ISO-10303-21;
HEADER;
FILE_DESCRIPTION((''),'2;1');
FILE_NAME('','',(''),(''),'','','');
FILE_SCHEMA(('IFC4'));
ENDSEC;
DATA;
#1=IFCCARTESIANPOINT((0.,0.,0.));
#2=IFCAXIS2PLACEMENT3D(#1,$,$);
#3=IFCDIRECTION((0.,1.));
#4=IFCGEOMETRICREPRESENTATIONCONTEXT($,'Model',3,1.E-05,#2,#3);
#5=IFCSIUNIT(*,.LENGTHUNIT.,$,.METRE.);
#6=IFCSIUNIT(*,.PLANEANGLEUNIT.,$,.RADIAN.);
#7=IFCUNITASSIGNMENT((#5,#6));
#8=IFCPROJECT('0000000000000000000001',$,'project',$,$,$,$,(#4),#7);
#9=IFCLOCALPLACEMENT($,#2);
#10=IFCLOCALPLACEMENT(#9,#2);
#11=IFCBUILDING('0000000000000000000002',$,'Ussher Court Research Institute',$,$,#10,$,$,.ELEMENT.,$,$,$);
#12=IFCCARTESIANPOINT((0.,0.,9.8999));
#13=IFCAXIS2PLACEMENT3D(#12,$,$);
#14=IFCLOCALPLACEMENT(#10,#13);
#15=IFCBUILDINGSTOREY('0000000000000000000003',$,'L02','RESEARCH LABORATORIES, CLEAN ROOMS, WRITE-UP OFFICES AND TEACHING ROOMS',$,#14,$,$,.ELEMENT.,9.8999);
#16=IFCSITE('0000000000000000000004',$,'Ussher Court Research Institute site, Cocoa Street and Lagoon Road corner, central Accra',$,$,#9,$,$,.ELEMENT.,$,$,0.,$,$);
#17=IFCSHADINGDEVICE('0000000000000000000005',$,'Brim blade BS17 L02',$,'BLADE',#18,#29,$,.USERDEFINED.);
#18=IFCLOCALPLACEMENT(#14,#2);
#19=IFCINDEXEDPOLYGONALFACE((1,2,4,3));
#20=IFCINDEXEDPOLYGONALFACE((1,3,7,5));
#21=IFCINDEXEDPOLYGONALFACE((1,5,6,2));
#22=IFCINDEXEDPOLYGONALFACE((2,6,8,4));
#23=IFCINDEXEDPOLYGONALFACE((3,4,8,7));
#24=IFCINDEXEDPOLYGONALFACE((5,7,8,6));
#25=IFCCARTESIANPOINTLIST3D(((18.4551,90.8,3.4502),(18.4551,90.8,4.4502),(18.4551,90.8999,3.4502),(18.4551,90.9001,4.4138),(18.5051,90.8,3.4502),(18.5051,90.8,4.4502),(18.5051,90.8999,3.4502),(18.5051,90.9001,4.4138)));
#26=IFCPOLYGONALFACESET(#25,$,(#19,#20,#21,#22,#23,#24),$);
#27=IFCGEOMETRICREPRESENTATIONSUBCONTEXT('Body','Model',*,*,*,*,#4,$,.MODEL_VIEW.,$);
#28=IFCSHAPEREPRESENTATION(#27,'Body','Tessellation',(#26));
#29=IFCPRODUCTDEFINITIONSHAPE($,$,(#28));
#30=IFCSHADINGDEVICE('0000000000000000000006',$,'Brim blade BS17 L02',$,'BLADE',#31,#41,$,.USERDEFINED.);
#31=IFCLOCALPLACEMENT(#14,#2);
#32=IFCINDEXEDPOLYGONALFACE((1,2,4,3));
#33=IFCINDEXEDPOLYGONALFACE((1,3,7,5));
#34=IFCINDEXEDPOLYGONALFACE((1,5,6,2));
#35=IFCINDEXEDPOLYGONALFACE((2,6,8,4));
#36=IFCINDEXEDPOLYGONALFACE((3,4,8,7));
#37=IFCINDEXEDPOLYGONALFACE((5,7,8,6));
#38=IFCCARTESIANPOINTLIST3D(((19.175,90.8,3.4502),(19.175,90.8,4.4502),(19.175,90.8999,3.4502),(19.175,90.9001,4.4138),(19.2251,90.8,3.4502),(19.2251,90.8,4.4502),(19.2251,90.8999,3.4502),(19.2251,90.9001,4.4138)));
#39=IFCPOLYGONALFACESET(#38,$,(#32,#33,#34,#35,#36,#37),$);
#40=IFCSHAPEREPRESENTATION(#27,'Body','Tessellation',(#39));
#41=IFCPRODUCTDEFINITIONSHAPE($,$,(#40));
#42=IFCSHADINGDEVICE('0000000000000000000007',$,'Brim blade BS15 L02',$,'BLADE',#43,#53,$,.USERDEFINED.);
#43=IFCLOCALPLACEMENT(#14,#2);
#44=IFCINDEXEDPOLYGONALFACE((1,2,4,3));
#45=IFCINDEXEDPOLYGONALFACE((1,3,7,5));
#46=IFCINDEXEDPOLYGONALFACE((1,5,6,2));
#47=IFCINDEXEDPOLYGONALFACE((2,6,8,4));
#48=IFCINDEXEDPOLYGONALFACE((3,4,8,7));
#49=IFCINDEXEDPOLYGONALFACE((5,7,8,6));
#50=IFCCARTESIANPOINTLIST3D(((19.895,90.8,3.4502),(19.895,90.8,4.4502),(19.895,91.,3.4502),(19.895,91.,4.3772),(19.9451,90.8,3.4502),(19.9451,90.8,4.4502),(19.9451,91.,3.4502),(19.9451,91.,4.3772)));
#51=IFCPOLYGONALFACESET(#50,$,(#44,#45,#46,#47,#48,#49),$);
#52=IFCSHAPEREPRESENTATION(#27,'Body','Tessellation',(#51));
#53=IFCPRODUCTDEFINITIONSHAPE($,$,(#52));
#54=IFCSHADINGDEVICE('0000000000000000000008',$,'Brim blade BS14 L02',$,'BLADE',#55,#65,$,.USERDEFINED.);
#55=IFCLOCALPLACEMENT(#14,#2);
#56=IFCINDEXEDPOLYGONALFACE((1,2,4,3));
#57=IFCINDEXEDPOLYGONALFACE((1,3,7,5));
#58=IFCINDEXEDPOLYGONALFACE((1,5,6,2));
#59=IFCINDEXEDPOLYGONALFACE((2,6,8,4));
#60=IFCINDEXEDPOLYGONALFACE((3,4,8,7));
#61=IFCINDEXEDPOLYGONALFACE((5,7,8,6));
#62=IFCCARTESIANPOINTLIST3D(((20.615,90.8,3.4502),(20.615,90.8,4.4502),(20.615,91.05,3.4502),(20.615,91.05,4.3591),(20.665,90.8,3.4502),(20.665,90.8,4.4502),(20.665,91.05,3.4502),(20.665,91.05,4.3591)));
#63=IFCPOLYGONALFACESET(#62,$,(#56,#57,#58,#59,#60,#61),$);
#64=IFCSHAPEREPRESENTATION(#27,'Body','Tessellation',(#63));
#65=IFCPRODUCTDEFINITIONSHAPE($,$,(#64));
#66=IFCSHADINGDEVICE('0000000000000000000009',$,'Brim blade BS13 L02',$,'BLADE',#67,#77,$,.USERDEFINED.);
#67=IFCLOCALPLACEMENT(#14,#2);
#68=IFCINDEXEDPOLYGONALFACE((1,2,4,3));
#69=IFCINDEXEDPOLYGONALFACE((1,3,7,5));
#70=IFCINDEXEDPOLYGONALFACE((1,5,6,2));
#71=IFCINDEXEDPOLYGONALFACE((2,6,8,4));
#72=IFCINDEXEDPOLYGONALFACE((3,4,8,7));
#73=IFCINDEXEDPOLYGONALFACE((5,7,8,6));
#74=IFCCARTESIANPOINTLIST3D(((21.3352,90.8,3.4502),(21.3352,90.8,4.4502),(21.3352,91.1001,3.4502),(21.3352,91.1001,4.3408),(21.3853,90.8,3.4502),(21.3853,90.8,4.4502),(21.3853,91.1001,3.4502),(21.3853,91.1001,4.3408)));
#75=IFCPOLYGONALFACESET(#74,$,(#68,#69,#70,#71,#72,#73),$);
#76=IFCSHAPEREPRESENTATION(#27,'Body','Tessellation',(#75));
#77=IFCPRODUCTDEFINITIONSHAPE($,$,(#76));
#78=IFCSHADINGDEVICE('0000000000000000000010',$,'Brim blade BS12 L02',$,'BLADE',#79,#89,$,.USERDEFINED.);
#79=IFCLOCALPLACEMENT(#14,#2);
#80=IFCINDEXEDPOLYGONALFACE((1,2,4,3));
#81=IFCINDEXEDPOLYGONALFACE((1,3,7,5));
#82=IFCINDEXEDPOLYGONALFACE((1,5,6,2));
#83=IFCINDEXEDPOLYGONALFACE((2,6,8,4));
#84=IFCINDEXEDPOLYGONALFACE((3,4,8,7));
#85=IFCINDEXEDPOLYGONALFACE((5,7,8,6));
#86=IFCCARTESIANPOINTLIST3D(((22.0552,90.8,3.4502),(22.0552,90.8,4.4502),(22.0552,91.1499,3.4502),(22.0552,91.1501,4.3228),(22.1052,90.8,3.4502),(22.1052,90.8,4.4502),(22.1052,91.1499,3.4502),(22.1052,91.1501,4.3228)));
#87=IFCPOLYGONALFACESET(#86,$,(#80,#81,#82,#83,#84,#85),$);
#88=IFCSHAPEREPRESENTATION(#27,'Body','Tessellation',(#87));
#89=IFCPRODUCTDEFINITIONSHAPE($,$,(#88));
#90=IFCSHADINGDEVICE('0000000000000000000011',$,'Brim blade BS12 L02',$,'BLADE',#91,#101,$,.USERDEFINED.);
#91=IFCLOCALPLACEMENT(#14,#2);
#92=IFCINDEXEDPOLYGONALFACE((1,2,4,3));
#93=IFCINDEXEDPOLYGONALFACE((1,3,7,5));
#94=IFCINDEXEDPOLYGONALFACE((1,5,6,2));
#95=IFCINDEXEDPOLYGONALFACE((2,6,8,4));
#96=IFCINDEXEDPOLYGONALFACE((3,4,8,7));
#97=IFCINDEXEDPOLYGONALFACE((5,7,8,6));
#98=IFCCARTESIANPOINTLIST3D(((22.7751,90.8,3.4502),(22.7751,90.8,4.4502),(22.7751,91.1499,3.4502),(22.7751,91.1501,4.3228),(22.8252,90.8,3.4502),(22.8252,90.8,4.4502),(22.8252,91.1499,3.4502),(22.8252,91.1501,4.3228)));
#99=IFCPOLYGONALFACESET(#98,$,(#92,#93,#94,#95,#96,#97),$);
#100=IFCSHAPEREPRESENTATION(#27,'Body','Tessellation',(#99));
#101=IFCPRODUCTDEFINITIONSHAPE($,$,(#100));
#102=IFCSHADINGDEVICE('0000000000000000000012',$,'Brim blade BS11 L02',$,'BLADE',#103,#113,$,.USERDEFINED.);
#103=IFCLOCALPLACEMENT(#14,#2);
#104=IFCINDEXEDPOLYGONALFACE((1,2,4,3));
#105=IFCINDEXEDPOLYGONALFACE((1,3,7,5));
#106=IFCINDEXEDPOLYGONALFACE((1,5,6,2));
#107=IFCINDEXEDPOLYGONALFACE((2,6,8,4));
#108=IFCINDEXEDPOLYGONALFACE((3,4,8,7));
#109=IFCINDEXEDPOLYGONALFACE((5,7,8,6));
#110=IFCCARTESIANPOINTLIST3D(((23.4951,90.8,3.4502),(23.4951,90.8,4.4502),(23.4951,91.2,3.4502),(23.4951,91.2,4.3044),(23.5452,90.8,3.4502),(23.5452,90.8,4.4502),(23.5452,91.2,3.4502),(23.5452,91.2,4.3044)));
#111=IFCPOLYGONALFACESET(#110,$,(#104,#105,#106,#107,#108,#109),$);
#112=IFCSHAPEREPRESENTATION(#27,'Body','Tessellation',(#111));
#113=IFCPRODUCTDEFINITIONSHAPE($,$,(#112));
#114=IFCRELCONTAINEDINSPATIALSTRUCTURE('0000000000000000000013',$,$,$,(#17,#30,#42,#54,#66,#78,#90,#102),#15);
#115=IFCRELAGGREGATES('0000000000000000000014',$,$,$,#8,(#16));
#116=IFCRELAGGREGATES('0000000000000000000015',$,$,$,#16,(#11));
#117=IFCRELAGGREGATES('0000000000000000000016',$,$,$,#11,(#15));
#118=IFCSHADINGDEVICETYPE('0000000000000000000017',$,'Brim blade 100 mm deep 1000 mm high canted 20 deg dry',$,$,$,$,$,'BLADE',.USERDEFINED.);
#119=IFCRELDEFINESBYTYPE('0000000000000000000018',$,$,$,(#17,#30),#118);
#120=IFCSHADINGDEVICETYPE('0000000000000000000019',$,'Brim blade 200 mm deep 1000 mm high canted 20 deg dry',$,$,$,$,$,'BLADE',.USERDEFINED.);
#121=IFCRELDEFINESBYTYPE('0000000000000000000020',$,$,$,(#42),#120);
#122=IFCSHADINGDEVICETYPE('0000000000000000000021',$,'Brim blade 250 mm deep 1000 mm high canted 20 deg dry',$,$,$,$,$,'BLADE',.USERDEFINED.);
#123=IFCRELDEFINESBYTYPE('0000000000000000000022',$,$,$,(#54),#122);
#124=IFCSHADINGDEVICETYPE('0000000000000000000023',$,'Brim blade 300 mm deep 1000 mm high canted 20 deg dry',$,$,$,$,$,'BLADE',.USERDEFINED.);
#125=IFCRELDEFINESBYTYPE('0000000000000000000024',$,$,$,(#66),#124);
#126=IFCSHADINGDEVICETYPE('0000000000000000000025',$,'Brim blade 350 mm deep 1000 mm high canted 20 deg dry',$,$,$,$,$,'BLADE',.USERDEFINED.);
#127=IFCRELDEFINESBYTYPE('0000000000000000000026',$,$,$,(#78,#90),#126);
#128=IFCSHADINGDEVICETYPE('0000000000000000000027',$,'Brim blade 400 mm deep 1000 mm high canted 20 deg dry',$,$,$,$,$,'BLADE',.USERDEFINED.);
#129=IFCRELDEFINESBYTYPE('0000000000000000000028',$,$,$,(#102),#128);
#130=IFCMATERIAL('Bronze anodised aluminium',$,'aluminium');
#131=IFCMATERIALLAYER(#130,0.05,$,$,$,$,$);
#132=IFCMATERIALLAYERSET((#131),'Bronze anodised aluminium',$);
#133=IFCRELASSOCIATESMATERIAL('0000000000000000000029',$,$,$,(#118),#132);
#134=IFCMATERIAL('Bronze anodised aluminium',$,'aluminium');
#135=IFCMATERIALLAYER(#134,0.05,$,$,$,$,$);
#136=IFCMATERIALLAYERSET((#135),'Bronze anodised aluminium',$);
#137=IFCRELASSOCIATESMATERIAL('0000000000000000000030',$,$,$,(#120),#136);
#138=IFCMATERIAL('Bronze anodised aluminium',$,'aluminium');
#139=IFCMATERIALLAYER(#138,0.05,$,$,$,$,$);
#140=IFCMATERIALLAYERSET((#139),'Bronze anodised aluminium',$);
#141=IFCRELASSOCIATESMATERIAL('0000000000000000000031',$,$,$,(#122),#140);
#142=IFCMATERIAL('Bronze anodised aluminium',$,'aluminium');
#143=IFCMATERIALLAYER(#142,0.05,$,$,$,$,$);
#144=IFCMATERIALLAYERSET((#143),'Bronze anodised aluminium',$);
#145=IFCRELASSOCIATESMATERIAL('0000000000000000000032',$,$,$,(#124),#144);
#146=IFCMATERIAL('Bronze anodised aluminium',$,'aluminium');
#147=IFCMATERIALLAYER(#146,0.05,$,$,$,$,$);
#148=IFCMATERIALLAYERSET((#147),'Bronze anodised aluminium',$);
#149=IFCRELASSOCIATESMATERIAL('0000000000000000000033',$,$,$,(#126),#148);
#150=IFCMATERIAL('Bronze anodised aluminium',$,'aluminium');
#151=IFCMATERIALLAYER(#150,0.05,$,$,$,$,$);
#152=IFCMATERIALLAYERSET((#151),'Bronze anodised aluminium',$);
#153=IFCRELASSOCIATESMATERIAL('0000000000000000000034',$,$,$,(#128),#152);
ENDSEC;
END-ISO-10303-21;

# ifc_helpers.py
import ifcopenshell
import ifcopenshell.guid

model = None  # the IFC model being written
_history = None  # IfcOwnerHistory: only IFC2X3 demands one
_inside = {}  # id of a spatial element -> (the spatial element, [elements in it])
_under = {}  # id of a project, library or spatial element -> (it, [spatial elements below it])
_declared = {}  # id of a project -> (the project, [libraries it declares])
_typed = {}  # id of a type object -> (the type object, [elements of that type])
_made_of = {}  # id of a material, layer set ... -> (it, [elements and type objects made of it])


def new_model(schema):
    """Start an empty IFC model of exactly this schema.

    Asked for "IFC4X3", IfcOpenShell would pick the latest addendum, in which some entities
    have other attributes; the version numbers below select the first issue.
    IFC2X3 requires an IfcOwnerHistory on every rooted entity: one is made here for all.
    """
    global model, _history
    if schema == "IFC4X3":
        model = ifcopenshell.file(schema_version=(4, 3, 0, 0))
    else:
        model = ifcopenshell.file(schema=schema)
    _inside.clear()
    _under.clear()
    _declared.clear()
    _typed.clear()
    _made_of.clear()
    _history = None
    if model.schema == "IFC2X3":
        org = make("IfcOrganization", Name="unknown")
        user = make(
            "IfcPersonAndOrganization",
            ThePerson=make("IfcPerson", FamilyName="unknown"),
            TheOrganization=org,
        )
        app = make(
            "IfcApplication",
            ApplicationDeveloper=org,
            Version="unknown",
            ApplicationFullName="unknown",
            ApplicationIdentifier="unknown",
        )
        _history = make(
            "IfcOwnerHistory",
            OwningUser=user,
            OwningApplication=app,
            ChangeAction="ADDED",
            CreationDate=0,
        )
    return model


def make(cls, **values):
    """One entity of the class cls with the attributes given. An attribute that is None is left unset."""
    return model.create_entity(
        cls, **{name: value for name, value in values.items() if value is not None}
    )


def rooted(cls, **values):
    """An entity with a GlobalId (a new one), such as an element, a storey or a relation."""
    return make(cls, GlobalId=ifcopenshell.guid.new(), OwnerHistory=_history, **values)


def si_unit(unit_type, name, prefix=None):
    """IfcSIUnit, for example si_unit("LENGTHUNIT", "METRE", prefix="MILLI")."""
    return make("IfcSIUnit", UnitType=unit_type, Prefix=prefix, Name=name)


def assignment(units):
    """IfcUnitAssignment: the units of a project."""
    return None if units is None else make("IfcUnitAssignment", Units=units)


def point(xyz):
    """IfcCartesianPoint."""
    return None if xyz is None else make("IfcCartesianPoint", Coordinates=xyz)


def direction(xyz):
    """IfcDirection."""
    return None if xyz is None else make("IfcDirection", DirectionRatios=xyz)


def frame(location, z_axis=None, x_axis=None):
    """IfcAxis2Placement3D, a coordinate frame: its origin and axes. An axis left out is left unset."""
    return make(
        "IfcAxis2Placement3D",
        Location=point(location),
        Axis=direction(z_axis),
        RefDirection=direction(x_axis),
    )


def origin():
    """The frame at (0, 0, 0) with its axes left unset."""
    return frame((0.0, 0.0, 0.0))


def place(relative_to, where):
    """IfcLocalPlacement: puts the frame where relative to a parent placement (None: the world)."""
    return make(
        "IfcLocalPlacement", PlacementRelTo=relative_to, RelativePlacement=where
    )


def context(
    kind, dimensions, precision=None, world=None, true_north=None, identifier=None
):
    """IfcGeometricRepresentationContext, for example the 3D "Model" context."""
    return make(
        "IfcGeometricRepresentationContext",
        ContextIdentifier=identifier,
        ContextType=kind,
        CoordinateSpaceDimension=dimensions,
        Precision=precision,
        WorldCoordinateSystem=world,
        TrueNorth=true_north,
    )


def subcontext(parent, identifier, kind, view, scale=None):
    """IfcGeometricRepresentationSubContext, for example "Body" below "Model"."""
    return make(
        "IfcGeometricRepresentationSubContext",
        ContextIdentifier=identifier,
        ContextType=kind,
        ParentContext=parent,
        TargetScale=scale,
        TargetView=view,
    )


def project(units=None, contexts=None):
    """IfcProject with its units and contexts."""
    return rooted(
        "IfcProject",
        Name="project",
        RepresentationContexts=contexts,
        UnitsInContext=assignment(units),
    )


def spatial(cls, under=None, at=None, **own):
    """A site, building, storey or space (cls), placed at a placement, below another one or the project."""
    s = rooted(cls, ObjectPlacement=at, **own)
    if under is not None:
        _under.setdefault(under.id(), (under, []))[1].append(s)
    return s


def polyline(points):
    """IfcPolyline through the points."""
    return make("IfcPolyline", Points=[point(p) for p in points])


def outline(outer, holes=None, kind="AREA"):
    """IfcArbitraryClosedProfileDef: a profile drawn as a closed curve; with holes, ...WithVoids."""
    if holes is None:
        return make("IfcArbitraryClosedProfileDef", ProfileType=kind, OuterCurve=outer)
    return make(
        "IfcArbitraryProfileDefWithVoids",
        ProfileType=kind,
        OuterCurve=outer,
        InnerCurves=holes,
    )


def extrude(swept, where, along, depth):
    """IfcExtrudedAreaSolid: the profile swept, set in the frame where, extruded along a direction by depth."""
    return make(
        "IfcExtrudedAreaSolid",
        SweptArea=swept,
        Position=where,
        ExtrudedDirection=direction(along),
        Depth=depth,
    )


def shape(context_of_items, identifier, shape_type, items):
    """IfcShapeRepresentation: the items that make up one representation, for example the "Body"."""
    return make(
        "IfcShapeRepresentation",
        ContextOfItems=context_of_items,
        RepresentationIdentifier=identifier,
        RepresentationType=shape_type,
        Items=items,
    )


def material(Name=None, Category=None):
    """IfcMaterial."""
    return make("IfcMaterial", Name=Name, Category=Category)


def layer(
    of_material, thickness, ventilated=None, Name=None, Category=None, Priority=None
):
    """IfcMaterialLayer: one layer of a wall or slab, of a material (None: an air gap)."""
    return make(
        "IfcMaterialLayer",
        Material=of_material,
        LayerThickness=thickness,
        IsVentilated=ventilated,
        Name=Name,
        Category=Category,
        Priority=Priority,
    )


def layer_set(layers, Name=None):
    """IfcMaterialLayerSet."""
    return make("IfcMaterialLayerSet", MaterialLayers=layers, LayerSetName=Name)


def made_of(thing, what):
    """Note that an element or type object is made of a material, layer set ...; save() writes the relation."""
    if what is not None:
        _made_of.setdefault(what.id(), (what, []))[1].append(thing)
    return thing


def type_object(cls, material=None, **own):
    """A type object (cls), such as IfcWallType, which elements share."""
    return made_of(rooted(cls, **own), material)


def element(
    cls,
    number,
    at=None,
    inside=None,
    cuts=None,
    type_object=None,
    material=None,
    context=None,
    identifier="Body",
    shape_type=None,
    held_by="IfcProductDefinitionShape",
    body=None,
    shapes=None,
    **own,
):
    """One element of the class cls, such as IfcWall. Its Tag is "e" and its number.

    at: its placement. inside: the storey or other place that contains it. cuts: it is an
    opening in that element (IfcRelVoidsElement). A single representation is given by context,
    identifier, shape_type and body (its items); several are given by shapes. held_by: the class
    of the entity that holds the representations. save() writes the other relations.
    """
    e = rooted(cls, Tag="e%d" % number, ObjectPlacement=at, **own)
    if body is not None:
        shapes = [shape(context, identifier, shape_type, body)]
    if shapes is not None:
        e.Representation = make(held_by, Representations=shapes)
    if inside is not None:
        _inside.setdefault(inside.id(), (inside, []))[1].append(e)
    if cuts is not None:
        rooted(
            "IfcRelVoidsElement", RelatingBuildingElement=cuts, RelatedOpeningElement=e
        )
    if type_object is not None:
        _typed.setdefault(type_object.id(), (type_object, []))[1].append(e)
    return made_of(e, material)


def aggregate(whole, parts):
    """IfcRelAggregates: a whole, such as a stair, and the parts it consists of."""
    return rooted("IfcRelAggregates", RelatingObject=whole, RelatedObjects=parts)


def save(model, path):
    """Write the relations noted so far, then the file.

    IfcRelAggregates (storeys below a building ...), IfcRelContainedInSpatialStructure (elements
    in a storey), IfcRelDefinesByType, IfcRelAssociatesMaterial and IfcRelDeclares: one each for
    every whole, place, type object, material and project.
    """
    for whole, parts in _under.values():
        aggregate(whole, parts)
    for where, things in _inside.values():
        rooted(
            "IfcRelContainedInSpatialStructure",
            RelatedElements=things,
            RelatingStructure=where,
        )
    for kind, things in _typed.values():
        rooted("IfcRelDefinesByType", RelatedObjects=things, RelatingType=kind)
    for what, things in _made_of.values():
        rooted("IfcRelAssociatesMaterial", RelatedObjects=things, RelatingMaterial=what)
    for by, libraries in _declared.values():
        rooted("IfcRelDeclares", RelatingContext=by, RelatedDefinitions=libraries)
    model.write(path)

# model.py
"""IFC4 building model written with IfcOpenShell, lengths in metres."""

from ifc_helpers import new_model, si_unit, direction, frame, origin, place, context, subcontext, project, spatial, polyline, outline, extrude, material, layer, layer_set, type_object, element, save


model = new_model("IFC4")

# Units and contexts
model_context = context("Model", 3, precision=1e-05, world=origin(), true_north=direction((0.0, 1.0)))
body_context = subcontext(model_context, "Body", "Model", "MODEL_VIEW")
ifc_project = project(units=[si_unit("LENGTHUNIT", "METRE"), si_unit("PLANEANGLEUNIT", "RADIAN")], contexts=[model_context])

# Site, building, storey
site_placement = place(None, origin())
site = spatial("IfcSite", under=ifc_project, at=site_placement, Name="Ussher Court Research Institute site, Cocoa Street and Lagoon Road corner, central Accra", CompositionType="ELEMENT", RefElevation=0.0)
building_placement = place(site_placement, origin())
building = spatial("IfcBuilding", under=site, at=building_placement, Name="Ussher Court Research Institute", CompositionType="ELEMENT")
storey_placement = place(building_placement, frame((0.0, 0.0, 9.8999)))
storey = spatial("IfcBuildingStorey", under=building, at=storey_placement, Name="L02", Description="RESEARCH LABORATORIES, CLEAN ROOMS, WRITE-UP OFFICES AND TEACHING ROOMS", CompositionType="ELEMENT", Elevation=9.8999)

# Shading devices
ifc_material_1 = material(Name="Bronze anodised aluminium", Category="aluminium")
ifc_layer_1 = layer(ifc_material_1, 0.05)
ifc_layer_set_1 = layer_set([ifc_layer_1], Name="Bronze anodised aluminium")
shading_device_type_1 = type_object("IfcShadingDeviceType", Name="Brim blade 100 mm deep 1000 mm high canted 20 deg dry", ElementType="BLADE", PredefinedType="USERDEFINED", material=ifc_layer_set_1)
for number, where, z_axis, x_axis, name in (
    (1, (18.48, 90.8, 3.4502), (0.0, 0.0, 1.0), (0.0, 1.0, 0.0), "Brim blade BS17 L02"),
    (2, (19.2, 90.8, 3.4502), (0.0, 0.0, 1.0), (0.0, 1.0, 0.0), "Brim blade BS17 L02"),
):
    element("IfcShadingDevice", number, at=place(storey_placement, frame(where, z_axis=z_axis, x_axis=x_axis)), inside=storey, type_object=shading_device_type_1, Name=name, ObjectType="BLADE", PredefinedType="USERDEFINED", context=body_context, shape_type="SweptSolid", body=[
        extrude(outline(polyline([(0.0, 0.0), (0.0999, 0.0), (0.1001, 0.9636), (0.0, 1.0), (0.0, 0.0)])), frame((0.0, 0.0249, 0.0), z_axis=(0.0, -1.0, 0.0), x_axis=(1.0, 0.0, 0.0)), (0.0, 0.0, 1.0), 0.05),
    ])
ifc_material_2 = material(Name="Bronze anodised aluminium", Category="aluminium")
ifc_layer_2 = layer(ifc_material_2, 0.05)
ifc_layer_set_2 = layer_set([ifc_layer_2], Name="Bronze anodised aluminium")
shading_device_type_2 = type_object("IfcShadingDeviceType", Name="Brim blade 200 mm deep 1000 mm high canted 20 deg dry", ElementType="BLADE", PredefinedType="USERDEFINED", material=ifc_layer_set_2)
shading_device_1_placement = place(storey_placement, frame((19.9199, 90.8, 3.4502), z_axis=(0.0, 0.0, 1.0), x_axis=(0.0, 1.0, 0.0)))
element("IfcShadingDevice", 3, at=shading_device_1_placement, inside=storey, type_object=shading_device_type_2, Name="Brim blade BS15 L02", ObjectType="BLADE", PredefinedType="USERDEFINED", context=body_context, shape_type="SweptSolid", body=[
    extrude(outline(polyline([(0.0, 0.0), (0.2, 0.0), (0.2, 0.927), (0.0, 1.0), (0.0, 0.0)])), frame((0.0, 0.0249, 0.0), z_axis=(0.0, -1.0, 0.0), x_axis=(1.0, 0.0, 0.0)), (0.0, 0.0, 1.0), 0.05),
])
ifc_material_3 = material(Name="Bronze anodised aluminium", Category="aluminium")
ifc_layer_3 = layer(ifc_material_3, 0.05)
ifc_layer_set_3 = layer_set([ifc_layer_3], Name="Bronze anodised aluminium")
shading_device_type_3 = type_object("IfcShadingDeviceType", Name="Brim blade 250 mm deep 1000 mm high canted 20 deg dry", ElementType="BLADE", PredefinedType="USERDEFINED", material=ifc_layer_set_3)
shading_device_2_placement = place(storey_placement, frame((20.6399, 90.8, 3.4502), z_axis=(0.0, 0.0, 1.0), x_axis=(0.0, 1.0, 0.0)))
element("IfcShadingDevice", 4, at=shading_device_2_placement, inside=storey, type_object=shading_device_type_3, Name="Brim blade BS14 L02", ObjectType="BLADE", PredefinedType="USERDEFINED", context=body_context, shape_type="SweptSolid", body=[
    extrude(outline(polyline([(0.0, 0.0), (0.25, 0.0), (0.25, 0.9089), (0.0, 1.0), (0.0, 0.0)])), frame((0.0, 0.0249, 0.0), z_axis=(0.0, -1.0, 0.0), x_axis=(1.0, 0.0, 0.0)), (0.0, 0.0, 1.0), 0.05),
])
ifc_material_4 = material(Name="Bronze anodised aluminium", Category="aluminium")
ifc_layer_4 = layer(ifc_material_4, 0.05)
ifc_layer_set_4 = layer_set([ifc_layer_4], Name="Bronze anodised aluminium")
shading_device_type_4 = type_object("IfcShadingDeviceType", Name="Brim blade 300 mm deep 1000 mm high canted 20 deg dry", ElementType="BLADE", PredefinedType="USERDEFINED", material=ifc_layer_set_4)
shading_device_3_placement = place(storey_placement, frame((21.3601, 90.8, 3.4502), z_axis=(0.0, 0.0, 1.0), x_axis=(0.0, 1.0, 0.0)))
element("IfcShadingDevice", 5, at=shading_device_3_placement, inside=storey, type_object=shading_device_type_4, Name="Brim blade BS13 L02", ObjectType="BLADE", PredefinedType="USERDEFINED", context=body_context, shape_type="SweptSolid", body=[
    extrude(outline(polyline([(0.0, 0.0), (0.3, 0.0), (0.3, 0.8906), (0.0, 1.0), (0.0, 0.0)])), frame((0.0, 0.0249, 0.0), z_axis=(0.0, -1.0, 0.0), x_axis=(1.0, 0.0, 0.0)), (0.0, 0.0, 1.0), 0.05),
])
ifc_material_5 = material(Name="Bronze anodised aluminium", Category="aluminium")
ifc_layer_5 = layer(ifc_material_5, 0.05)
ifc_layer_set_5 = layer_set([ifc_layer_5], Name="Bronze anodised aluminium")
shading_device_type_5 = type_object("IfcShadingDeviceType", Name="Brim blade 350 mm deep 1000 mm high canted 20 deg dry", ElementType="BLADE", PredefinedType="USERDEFINED", material=ifc_layer_set_5)
for number, where, z_axis, x_axis, name in (
    (6, (22.0801, 90.8, 3.4502), (0.0, 0.0, 1.0), (0.0, 1.0, 0.0), "Brim blade BS12 L02"),
    (7, (22.8, 90.8, 3.4502), (0.0, 0.0, 1.0), (0.0, 1.0, 0.0), "Brim blade BS12 L02"),
):
    element("IfcShadingDevice", number, at=place(storey_placement, frame(where, z_axis=z_axis, x_axis=x_axis)), inside=storey, type_object=shading_device_type_5, Name=name, ObjectType="BLADE", PredefinedType="USERDEFINED", context=body_context, shape_type="SweptSolid", body=[
        extrude(outline(polyline([(0.0, 0.0), (0.3499, 0.0), (0.3501, 0.8726), (0.0, 1.0), (0.0, 0.0)])), frame((0.0, 0.0249, 0.0), z_axis=(0.0, -1.0, 0.0), x_axis=(1.0, 0.0, 0.0)), (0.0, 0.0, 1.0), 0.05),
    ])
ifc_material_6 = material(Name="Bronze anodised aluminium", Category="aluminium")
ifc_layer_6 = layer(ifc_material_6, 0.05)
ifc_layer_set_6 = layer_set([ifc_layer_6], Name="Bronze anodised aluminium")
shading_device_type_6 = type_object("IfcShadingDeviceType", Name="Brim blade 400 mm deep 1000 mm high canted 20 deg dry", ElementType="BLADE", PredefinedType="USERDEFINED", material=ifc_layer_set_6)
shading_device_4_placement = place(storey_placement, frame((23.52, 90.8, 3.4502), z_axis=(0.0, 0.0, 1.0), x_axis=(0.0, 1.0, 0.0)))
element("IfcShadingDevice", 8, at=shading_device_4_placement, inside=storey, type_object=shading_device_type_6, Name="Brim blade BS11 L02", ObjectType="BLADE", PredefinedType="USERDEFINED", context=body_context, shape_type="SweptSolid", body=[
    extrude(outline(polyline([(0.0, 0.0), (0.3999, 0.0), (0.3999, 0.8542), (0.0, 1.0), (0.0, 0.0)])), frame((0.0, 0.0249, 0.0), z_axis=(0.0, -1.0, 0.0), x_axis=(1.0, 0.0, 0.0)), (0.0, 0.0, 1.0), 0.05),
])

save(model, "model.ifc")
